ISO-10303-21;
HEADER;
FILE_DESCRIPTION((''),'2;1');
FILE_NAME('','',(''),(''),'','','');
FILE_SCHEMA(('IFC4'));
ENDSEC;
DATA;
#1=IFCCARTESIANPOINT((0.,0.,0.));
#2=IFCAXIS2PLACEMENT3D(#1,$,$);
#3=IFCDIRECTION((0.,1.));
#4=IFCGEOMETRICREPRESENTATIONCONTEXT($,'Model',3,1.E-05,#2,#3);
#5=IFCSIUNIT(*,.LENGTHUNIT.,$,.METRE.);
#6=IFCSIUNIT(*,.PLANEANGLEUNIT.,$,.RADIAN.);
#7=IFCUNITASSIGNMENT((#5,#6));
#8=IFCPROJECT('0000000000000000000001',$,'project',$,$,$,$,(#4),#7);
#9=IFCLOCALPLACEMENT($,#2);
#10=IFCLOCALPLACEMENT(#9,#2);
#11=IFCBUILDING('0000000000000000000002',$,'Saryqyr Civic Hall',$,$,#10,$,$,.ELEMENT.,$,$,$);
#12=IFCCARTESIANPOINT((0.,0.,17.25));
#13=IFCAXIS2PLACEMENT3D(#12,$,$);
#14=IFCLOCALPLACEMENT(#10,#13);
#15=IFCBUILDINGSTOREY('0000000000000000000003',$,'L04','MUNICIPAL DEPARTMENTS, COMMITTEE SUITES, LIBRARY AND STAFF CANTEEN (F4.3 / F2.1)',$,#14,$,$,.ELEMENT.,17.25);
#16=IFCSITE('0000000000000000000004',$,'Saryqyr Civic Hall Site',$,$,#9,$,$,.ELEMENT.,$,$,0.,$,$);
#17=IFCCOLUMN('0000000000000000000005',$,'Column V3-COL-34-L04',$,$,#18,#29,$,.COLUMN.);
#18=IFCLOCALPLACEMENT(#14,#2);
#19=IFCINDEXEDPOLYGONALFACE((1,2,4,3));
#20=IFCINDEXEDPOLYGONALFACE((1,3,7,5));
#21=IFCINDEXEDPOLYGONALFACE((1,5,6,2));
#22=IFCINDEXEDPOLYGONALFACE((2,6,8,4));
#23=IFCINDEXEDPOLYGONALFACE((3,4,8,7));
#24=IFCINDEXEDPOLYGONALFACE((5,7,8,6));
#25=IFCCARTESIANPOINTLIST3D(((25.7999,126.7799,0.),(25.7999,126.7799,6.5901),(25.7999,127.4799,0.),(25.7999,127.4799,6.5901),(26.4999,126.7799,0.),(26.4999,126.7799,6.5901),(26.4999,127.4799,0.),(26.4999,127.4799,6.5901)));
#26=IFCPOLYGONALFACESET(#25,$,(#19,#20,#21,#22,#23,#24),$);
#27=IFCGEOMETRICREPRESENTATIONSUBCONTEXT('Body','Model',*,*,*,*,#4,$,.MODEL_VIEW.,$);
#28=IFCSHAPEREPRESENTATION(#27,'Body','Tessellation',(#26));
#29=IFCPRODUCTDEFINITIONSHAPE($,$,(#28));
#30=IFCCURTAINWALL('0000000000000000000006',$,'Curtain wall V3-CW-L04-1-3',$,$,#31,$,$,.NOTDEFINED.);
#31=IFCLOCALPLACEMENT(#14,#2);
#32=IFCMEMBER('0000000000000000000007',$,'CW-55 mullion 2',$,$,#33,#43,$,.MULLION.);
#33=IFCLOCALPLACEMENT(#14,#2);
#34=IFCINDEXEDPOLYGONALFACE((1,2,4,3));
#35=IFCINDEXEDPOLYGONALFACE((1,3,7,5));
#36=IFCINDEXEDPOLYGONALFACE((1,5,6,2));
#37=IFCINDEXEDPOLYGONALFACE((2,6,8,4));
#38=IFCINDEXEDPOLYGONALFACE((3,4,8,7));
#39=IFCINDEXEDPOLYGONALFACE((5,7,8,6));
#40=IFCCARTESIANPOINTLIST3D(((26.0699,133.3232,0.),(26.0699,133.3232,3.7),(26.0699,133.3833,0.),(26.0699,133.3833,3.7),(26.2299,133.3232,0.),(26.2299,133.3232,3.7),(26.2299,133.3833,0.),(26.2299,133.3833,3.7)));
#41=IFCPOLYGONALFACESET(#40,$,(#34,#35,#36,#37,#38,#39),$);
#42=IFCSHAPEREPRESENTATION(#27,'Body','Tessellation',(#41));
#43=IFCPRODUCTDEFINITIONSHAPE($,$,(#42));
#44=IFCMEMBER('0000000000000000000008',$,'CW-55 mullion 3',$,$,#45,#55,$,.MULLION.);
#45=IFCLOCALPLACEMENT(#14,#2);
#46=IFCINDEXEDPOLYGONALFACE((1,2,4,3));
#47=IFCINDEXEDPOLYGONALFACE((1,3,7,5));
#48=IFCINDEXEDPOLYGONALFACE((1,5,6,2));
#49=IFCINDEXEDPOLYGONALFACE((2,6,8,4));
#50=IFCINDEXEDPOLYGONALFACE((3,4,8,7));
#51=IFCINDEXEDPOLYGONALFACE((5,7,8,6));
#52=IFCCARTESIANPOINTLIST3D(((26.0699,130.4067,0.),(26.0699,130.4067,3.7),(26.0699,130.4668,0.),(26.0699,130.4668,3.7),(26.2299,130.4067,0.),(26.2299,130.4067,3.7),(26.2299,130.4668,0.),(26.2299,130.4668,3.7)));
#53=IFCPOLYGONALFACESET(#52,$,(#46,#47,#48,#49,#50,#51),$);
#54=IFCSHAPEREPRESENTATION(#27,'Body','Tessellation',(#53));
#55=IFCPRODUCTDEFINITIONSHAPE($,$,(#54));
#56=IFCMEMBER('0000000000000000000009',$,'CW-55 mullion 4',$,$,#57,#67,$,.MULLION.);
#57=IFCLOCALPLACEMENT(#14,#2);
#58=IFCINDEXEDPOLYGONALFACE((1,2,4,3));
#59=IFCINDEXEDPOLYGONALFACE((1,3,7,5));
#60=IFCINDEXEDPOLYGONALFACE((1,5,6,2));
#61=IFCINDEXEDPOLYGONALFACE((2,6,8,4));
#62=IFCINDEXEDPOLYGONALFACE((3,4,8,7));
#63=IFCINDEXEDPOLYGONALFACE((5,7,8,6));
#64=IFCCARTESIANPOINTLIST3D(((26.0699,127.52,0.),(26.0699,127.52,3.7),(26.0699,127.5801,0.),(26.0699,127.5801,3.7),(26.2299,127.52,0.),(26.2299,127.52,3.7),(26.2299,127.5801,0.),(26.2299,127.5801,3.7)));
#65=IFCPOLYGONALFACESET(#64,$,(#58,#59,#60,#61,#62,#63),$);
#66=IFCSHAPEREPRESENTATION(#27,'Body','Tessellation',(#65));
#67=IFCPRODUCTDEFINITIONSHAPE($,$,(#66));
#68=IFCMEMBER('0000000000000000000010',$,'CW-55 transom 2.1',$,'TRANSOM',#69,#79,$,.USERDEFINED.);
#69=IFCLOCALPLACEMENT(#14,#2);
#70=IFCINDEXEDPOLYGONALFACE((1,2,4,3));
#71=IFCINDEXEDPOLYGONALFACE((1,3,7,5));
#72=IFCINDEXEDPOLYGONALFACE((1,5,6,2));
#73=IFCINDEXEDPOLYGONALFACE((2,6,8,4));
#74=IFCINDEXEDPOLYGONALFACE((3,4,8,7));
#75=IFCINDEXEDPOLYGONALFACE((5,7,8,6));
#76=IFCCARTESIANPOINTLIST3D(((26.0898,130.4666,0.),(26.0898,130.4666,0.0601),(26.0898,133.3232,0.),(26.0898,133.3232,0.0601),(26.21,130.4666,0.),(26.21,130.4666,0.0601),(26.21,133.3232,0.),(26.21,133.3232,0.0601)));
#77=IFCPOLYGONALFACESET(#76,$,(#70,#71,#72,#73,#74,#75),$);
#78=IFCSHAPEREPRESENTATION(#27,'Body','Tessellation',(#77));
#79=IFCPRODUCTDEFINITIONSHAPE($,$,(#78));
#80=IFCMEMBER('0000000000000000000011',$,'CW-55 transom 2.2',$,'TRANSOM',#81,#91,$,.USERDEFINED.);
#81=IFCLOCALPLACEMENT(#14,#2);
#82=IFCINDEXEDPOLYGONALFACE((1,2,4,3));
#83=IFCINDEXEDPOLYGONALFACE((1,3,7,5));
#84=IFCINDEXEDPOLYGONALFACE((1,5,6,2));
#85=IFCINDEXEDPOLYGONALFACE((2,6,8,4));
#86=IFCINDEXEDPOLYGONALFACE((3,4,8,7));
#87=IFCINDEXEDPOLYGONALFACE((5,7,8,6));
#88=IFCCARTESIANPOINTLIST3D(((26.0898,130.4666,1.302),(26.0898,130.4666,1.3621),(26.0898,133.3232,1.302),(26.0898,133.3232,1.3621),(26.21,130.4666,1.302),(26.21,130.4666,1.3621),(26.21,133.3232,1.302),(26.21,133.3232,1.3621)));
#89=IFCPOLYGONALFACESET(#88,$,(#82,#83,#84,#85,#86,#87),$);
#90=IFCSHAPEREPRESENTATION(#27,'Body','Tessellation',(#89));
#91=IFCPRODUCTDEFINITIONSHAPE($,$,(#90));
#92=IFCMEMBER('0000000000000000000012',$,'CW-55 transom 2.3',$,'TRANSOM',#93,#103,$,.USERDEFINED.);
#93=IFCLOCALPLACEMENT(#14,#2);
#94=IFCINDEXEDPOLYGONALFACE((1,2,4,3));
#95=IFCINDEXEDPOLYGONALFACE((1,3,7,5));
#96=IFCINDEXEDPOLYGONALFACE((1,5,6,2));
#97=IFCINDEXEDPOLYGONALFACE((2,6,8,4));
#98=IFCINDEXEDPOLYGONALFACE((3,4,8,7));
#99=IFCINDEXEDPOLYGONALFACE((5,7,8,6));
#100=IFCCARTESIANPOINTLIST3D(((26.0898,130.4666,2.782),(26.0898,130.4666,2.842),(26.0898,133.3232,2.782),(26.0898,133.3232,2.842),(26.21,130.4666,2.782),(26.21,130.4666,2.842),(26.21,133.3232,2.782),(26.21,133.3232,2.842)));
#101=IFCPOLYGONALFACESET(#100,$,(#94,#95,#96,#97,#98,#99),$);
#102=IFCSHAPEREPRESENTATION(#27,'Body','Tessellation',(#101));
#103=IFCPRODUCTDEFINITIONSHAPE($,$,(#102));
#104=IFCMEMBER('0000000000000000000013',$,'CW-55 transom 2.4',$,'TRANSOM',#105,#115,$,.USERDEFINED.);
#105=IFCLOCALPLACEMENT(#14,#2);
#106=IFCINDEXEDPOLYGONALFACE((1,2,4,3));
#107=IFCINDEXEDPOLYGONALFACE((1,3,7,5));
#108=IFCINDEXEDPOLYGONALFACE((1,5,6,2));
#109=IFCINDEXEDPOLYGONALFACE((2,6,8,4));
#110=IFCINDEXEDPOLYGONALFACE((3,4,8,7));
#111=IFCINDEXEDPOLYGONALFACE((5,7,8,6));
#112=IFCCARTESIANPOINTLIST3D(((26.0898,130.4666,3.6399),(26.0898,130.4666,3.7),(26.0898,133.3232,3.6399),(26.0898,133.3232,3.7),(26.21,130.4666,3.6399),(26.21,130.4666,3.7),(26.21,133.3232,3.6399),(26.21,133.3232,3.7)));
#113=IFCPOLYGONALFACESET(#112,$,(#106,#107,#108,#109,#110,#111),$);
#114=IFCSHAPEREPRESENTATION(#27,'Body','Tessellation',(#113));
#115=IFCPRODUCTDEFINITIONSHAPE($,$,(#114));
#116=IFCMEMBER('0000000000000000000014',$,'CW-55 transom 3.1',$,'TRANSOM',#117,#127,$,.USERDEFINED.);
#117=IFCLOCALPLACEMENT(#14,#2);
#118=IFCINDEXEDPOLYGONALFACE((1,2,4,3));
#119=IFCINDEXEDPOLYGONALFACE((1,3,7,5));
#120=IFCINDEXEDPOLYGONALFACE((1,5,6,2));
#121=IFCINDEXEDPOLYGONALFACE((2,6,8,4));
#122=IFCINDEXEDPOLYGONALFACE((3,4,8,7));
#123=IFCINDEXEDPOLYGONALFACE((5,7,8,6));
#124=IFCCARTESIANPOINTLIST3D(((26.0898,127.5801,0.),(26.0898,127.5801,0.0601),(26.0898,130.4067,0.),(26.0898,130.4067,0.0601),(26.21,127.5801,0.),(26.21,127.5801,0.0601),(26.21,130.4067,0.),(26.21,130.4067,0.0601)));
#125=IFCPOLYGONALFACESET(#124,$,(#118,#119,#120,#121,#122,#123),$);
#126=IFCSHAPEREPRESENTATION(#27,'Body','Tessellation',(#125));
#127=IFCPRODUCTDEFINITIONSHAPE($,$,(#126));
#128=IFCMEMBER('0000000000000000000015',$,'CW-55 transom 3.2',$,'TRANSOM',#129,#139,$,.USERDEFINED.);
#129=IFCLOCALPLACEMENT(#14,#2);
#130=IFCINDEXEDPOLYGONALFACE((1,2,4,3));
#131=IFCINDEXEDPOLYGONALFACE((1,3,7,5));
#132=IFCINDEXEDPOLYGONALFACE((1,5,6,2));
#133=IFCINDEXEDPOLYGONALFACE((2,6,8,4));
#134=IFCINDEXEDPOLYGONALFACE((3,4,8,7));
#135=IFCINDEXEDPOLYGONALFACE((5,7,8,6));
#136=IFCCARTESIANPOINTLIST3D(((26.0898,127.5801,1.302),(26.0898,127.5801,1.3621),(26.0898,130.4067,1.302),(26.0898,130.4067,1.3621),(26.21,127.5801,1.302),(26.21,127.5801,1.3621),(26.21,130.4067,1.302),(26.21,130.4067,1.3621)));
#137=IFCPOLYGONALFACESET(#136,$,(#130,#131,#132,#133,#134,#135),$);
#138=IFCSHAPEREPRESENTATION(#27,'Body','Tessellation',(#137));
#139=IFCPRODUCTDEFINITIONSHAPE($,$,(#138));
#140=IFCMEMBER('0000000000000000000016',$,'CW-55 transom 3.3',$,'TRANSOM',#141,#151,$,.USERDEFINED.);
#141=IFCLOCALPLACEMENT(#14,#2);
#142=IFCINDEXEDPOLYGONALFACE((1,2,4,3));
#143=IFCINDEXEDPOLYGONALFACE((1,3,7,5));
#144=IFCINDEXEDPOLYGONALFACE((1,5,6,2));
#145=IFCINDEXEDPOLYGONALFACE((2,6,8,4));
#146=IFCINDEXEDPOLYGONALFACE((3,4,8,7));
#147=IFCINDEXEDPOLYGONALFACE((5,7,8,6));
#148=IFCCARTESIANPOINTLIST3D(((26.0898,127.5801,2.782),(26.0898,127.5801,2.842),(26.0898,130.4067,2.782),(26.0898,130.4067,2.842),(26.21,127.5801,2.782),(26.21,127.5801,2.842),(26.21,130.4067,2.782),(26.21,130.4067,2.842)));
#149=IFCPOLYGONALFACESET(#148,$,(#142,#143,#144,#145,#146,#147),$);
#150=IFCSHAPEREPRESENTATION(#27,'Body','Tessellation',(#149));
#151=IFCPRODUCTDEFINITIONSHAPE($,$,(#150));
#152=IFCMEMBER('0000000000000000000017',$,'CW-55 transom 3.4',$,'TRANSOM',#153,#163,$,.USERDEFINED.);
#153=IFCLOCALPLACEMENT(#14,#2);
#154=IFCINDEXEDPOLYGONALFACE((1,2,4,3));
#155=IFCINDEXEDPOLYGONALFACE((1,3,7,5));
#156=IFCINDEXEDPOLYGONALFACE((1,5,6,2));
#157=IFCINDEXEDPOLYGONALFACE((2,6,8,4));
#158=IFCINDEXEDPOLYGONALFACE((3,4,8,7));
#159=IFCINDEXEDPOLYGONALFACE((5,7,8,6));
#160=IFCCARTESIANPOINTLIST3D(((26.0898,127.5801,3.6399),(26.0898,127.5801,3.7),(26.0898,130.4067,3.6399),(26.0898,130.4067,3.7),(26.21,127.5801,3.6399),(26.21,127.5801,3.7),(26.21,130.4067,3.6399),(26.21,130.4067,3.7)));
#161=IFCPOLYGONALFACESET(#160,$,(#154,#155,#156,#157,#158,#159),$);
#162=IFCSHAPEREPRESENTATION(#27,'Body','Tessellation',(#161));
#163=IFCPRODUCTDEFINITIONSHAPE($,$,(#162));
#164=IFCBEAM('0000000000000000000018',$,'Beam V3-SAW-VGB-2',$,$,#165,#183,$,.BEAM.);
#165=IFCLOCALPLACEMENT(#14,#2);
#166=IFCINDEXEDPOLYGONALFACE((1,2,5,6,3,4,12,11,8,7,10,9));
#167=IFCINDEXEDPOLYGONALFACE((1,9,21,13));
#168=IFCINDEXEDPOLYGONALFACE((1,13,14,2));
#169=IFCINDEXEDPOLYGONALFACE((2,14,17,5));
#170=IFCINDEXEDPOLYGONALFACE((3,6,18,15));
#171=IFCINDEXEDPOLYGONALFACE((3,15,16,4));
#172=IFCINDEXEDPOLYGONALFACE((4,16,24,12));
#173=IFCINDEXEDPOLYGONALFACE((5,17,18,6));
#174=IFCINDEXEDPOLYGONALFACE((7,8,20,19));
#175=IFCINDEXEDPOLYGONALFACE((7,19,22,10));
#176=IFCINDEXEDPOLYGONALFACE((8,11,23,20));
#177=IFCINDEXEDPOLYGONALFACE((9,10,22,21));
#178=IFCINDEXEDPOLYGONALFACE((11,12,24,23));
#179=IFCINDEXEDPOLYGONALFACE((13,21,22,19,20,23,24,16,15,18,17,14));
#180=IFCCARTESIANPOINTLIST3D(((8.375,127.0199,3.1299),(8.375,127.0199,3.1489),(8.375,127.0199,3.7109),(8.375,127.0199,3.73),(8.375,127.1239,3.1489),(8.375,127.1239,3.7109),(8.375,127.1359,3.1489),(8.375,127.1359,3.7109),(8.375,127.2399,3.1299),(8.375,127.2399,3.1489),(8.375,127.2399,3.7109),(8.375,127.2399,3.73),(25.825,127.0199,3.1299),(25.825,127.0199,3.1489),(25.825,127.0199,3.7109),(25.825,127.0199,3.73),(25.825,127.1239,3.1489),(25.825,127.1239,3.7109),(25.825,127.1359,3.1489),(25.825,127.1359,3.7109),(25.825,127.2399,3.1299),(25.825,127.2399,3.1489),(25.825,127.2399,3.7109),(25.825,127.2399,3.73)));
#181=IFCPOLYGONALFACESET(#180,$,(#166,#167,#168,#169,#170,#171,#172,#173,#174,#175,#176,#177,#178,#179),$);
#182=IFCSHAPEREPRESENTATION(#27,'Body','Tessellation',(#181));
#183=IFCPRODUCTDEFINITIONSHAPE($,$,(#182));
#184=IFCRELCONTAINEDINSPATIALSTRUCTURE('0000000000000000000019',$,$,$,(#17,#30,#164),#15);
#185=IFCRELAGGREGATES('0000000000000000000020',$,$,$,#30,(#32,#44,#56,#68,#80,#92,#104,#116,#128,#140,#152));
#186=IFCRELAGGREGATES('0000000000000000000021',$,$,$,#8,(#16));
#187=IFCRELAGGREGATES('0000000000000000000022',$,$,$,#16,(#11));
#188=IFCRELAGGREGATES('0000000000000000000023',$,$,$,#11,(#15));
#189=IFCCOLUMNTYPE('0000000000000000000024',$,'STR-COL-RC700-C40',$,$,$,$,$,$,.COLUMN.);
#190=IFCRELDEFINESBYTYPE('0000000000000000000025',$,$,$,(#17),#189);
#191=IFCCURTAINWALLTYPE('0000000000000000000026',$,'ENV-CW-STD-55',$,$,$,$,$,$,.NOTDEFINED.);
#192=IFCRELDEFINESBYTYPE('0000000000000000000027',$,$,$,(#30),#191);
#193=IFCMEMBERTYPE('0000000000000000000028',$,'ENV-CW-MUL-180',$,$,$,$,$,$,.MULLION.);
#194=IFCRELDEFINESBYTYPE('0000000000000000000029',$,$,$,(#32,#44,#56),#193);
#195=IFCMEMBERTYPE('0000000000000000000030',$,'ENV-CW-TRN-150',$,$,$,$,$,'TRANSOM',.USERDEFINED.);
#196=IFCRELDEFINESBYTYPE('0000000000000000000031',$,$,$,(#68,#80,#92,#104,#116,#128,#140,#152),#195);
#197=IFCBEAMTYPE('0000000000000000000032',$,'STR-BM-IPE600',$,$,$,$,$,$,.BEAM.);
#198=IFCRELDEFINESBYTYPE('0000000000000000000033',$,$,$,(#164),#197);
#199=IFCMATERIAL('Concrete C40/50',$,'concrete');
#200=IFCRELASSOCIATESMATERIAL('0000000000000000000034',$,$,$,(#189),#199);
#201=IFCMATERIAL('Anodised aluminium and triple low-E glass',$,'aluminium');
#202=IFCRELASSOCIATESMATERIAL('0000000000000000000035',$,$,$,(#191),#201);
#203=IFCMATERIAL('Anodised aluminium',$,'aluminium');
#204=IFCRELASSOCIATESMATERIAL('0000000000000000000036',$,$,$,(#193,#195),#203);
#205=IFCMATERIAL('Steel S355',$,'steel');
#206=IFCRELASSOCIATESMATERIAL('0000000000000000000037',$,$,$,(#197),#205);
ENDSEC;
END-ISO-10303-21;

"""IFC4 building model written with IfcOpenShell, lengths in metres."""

from ifc_helpers import new_model, si_unit, direction, frame, origin, origin_2d, place, context, subcontext, project, spatial, rectangle, i_section, extrude, material, material_profile, profile_set, type_object, element, aggregate, save


model = new_model("IFC4")

# Units and contexts
model_context = context("Model", 3, precision=1e-05, world=origin(), true_north=direction((0.0, 1.0)))
body_context = subcontext(model_context, "Body", "Model", "MODEL_VIEW")
ifc_project = project(units=[si_unit("LENGTHUNIT", "METRE"), si_unit("PLANEANGLEUNIT", "RADIAN")], contexts=[model_context])

# Site, building, storey
site_placement = place(None, origin())
site = spatial("IfcSite", under=ifc_project, at=site_placement, Name="Saryqyr Civic Hall Site", CompositionType="ELEMENT", RefElevation=0.0)
building_placement = place(site_placement, origin())
building = spatial("IfcBuilding", under=site, at=building_placement, Name="Saryqyr Civic Hall", CompositionType="ELEMENT")
storey_placement = place(building_placement, frame((0.0, 0.0, 17.25)))
storey = spatial("IfcBuildingStorey", under=building, at=storey_placement, Name="L04", Description="MUNICIPAL DEPARTMENTS, COMMITTEE SUITES, LIBRARY AND STAFF CANTEEN (F4.3 / F2.1)", CompositionType="ELEMENT", Elevation=17.25)

# Column
ifc_material_1 = material(Name="Concrete C40/50", Category="concrete")
ifc_material_profile_1 = material_profile(ifc_material_1, rectangle(XDim=0.7, YDim=0.7, at=origin_2d()), Name="RC 700x700")
ifc_profile_set_1 = profile_set([ifc_material_profile_1], Name="Concrete C40/50")
column_type = type_object("IfcColumnType", Name="STR-COL-RC700-C40", PredefinedType="COLUMN", material=ifc_profile_set_1)
column_placement = place(storey_placement, frame((26.1499, 127.1299, 0.0), z_axis=(0.0, 0.0, 1.0), x_axis=(1.0, 0.0, 0.0)))
element("IfcColumn", 1, at=column_placement, inside=storey, type_object=column_type, Name="Column V3-COL-34-L04", PredefinedType="COLUMN", context=body_context, shape_type="SweptSolid", body=[
    extrude(rectangle(XDim=0.7, YDim=0.7, at=origin_2d()), origin(), (0.0, 0.0, 1.0), 6.5901),
])

# Curtain wall, members
ifc_material_2 = material(Name="Anodised aluminium and triple low-E glass", Category="aluminium")
curtain_wall_type = type_object("IfcCurtainWallType", Name="ENV-CW-STD-55", PredefinedType="NOTDEFINED", material=ifc_material_2)
curtain_wall_1_placement = place(storey_placement, origin())
curtain_wall_1 = element("IfcCurtainWall", 2, at=curtain_wall_1_placement, inside=storey, type_object=curtain_wall_type, Name="Curtain wall V3-CW-L04-1-3", PredefinedType="NOTDEFINED")
ifc_material_3 = material(Name="Anodised aluminium", Category="aluminium")
ifc_material_profile_2 = material_profile(ifc_material_3, rectangle(XDim=0.0601, YDim=0.1599, at=origin_2d()), Name="ALU MULLION 60x160")
ifc_profile_set_2 = profile_set([ifc_material_profile_2], Name="Anodised aluminium")
member_type_1 = type_object("IfcMemberType", Name="ENV-CW-MUL-180", PredefinedType="MULLION", material=ifc_profile_set_2)
member_1_placement = place(storey_placement, frame((26.1499, 133.3533, 0.0), z_axis=(0.0, 0.0, 1.0), x_axis=(0.0, -1.0, 0.0)))
member_1 = element("IfcMember", 3, at=member_1_placement, type_object=member_type_1, Name="CW-55 mullion 2", PredefinedType="MULLION", context=body_context, shape_type="SweptSolid", body=[
    extrude(rectangle(XDim=0.0601, YDim=0.1599, at=origin_2d()), origin(), (0.0, 0.0, 1.0), 3.7),
])
member_2_placement = place(storey_placement, frame((26.1499, 130.4368, 0.0), z_axis=(0.0, 0.0, 1.0), x_axis=(0.0, -1.0, 0.0)))
member_2 = element("IfcMember", 4, at=member_2_placement, type_object=member_type_1, Name="CW-55 mullion 3", PredefinedType="MULLION", context=body_context, shape_type="SweptSolid", body=[
    extrude(rectangle(XDim=0.0601, YDim=0.1599, at=origin_2d()), origin(), (0.0, 0.0, 1.0), 3.7),
])
member_3_placement = place(storey_placement, frame((26.1499, 127.55, 0.0), z_axis=(0.0, 0.0, 1.0), x_axis=(0.0, -1.0, 0.0)))
member_3 = element("IfcMember", 5, at=member_3_placement, type_object=member_type_1, Name="CW-55 mullion 4", PredefinedType="MULLION", context=body_context, shape_type="SweptSolid", body=[
    extrude(rectangle(XDim=0.0601, YDim=0.1599, at=origin_2d()), origin(), (0.0, 0.0, 1.0), 3.7),
])
ifc_material_profile_3 = material_profile(ifc_material_3, rectangle(XDim=0.1201, YDim=0.0601, at=origin_2d()), Name="ALU TRANSOM 120x60")
ifc_profile_set_3 = profile_set([ifc_material_profile_3], Name="Anodised aluminium")
member_type_2 = type_object("IfcMemberType", Name="ENV-CW-TRN-150", ElementType="TRANSOM", PredefinedType="USERDEFINED", material=ifc_profile_set_3)
member_4_placement = place(storey_placement, frame((26.1499, 133.3232, 0.03), z_axis=(0.0, -1.0, 0.0), x_axis=(1.0, 0.0, 0.0)))
member_4 = element("IfcMember", 6, at=member_4_placement, type_object=member_type_2, Name="CW-55 transom 2.1", ObjectType="TRANSOM", PredefinedType="USERDEFINED", context=body_context, shape_type="SweptSolid", body=[
    extrude(rectangle(XDim=0.1201, YDim=0.0601, at=origin_2d()), origin(), (0.0, 0.0, 1.0), 2.8567),
])
member_5_placement = place(storey_placement, frame((26.1499, 133.3232, 1.332), z_axis=(0.0, -1.0, 0.0), x_axis=(1.0, 0.0, 0.0)))
member_5 = element("IfcMember", 7, at=member_5_placement, type_object=member_type_2, Name="CW-55 transom 2.2", ObjectType="TRANSOM", PredefinedType="USERDEFINED", context=body_context, shape_type="SweptSolid", body=[
    extrude(rectangle(XDim=0.1201, YDim=0.0601, at=origin_2d()), origin(), (0.0, 0.0, 1.0), 2.8567),
])
member_6_placement = place(storey_placement, frame((26.1499, 133.3232, 2.812), z_axis=(0.0, -1.0, 0.0), x_axis=(1.0, 0.0, 0.0)))
member_6 = element("IfcMember", 8, at=member_6_placement, type_object=member_type_2, Name="CW-55 transom 2.3", ObjectType="TRANSOM", PredefinedType="USERDEFINED", context=body_context, shape_type="SweptSolid", body=[
    extrude(rectangle(XDim=0.1201, YDim=0.0601, at=origin_2d()), origin(), (0.0, 0.0, 1.0), 2.8567),
])
member_7_placement = place(storey_placement, frame((26.1499, 133.3232, 3.6699), z_axis=(0.0, -1.0, 0.0), x_axis=(1.0, 0.0, 0.0)))
member_7 = element("IfcMember", 9, at=member_7_placement, type_object=member_type_2, Name="CW-55 transom 2.4", ObjectType="TRANSOM", PredefinedType="USERDEFINED", context=body_context, shape_type="SweptSolid", body=[
    extrude(rectangle(XDim=0.1201, YDim=0.0601, at=origin_2d()), origin(), (0.0, 0.0, 1.0), 2.8567),
])
member_8_placement = place(storey_placement, frame((26.1499, 130.4067, 0.03), z_axis=(0.0, -1.0, 0.0), x_axis=(1.0, 0.0, 0.0)))
member_8 = element("IfcMember", 10, at=member_8_placement, type_object=member_type_2, Name="CW-55 transom 3.1", ObjectType="TRANSOM", PredefinedType="USERDEFINED", context=body_context, shape_type="SweptSolid", body=[
    extrude(rectangle(XDim=0.1201, YDim=0.0601, at=origin_2d()), origin(), (0.0, 0.0, 1.0), 2.8267),
])
member_9_placement = place(storey_placement, frame((26.1499, 130.4067, 1.332), z_axis=(0.0, -1.0, 0.0), x_axis=(1.0, 0.0, 0.0)))
member_9 = element("IfcMember", 11, at=member_9_placement, type_object=member_type_2, Name="CW-55 transom 3.2", ObjectType="TRANSOM", PredefinedType="USERDEFINED", context=body_context, shape_type="SweptSolid", body=[
    extrude(rectangle(XDim=0.1201, YDim=0.0601, at=origin_2d()), origin(), (0.0, 0.0, 1.0), 2.8267),
])
member_10_placement = place(storey_placement, frame((26.1499, 130.4067, 2.812), z_axis=(0.0, -1.0, 0.0), x_axis=(1.0, 0.0, 0.0)))
member_10 = element("IfcMember", 12, at=member_10_placement, type_object=member_type_2, Name="CW-55 transom 3.3", ObjectType="TRANSOM", PredefinedType="USERDEFINED", context=body_context, shape_type="SweptSolid", body=[
    extrude(rectangle(XDim=0.1201, YDim=0.0601, at=origin_2d()), origin(), (0.0, 0.0, 1.0), 2.8267),
])
member_11_placement = place(storey_placement, frame((26.1499, 130.4067, 3.6699), z_axis=(0.0, -1.0, 0.0), x_axis=(1.0, 0.0, 0.0)))
member_11 = element("IfcMember", 13, at=member_11_placement, type_object=member_type_2, Name="CW-55 transom 3.4", ObjectType="TRANSOM", PredefinedType="USERDEFINED", context=body_context, shape_type="SweptSolid", body=[
    extrude(rectangle(XDim=0.1201, YDim=0.0601, at=origin_2d()), origin(), (0.0, 0.0, 1.0), 2.8267),
])

# Beam
ifc_material_4 = material(Name="Steel S355", Category="steel")
ifc_material_profile_4 = material_profile(ifc_material_4, i_section(OverallWidth=0.22, OverallDepth=0.6001, WebThickness=0.012, FlangeThickness=0.019, at=origin_2d()), Name="IPE 600")
ifc_profile_set_4 = profile_set([ifc_material_profile_4], Name="Steel S355")
beam_type = type_object("IfcBeamType", Name="STR-BM-IPE600", PredefinedType="BEAM", material=ifc_profile_set_4)
beam_placement = place(storey_placement, frame((8.375, 127.1299, 3.4299), z_axis=(1.0, 0.0, 0.0), x_axis=(0.0, 1.0, 0.0)))
element("IfcBeam", 14, at=beam_placement, inside=storey, type_object=beam_type, Name="Beam V3-SAW-VGB-2", PredefinedType="BEAM", context=body_context, shape_type="SweptSolid", body=[
    extrude(i_section(OverallWidth=0.22, OverallDepth=0.6001, WebThickness=0.012, FlangeThickness=0.019, at=origin_2d()), origin(), (0.0, 0.0, 1.0), 17.45),
])

aggregate(curtain_wall_1, [member_1, member_2, member_3, member_4, member_5, member_6, member_7, member_8, member_9, member_10, member_11])

save(model, "model.ifc")
